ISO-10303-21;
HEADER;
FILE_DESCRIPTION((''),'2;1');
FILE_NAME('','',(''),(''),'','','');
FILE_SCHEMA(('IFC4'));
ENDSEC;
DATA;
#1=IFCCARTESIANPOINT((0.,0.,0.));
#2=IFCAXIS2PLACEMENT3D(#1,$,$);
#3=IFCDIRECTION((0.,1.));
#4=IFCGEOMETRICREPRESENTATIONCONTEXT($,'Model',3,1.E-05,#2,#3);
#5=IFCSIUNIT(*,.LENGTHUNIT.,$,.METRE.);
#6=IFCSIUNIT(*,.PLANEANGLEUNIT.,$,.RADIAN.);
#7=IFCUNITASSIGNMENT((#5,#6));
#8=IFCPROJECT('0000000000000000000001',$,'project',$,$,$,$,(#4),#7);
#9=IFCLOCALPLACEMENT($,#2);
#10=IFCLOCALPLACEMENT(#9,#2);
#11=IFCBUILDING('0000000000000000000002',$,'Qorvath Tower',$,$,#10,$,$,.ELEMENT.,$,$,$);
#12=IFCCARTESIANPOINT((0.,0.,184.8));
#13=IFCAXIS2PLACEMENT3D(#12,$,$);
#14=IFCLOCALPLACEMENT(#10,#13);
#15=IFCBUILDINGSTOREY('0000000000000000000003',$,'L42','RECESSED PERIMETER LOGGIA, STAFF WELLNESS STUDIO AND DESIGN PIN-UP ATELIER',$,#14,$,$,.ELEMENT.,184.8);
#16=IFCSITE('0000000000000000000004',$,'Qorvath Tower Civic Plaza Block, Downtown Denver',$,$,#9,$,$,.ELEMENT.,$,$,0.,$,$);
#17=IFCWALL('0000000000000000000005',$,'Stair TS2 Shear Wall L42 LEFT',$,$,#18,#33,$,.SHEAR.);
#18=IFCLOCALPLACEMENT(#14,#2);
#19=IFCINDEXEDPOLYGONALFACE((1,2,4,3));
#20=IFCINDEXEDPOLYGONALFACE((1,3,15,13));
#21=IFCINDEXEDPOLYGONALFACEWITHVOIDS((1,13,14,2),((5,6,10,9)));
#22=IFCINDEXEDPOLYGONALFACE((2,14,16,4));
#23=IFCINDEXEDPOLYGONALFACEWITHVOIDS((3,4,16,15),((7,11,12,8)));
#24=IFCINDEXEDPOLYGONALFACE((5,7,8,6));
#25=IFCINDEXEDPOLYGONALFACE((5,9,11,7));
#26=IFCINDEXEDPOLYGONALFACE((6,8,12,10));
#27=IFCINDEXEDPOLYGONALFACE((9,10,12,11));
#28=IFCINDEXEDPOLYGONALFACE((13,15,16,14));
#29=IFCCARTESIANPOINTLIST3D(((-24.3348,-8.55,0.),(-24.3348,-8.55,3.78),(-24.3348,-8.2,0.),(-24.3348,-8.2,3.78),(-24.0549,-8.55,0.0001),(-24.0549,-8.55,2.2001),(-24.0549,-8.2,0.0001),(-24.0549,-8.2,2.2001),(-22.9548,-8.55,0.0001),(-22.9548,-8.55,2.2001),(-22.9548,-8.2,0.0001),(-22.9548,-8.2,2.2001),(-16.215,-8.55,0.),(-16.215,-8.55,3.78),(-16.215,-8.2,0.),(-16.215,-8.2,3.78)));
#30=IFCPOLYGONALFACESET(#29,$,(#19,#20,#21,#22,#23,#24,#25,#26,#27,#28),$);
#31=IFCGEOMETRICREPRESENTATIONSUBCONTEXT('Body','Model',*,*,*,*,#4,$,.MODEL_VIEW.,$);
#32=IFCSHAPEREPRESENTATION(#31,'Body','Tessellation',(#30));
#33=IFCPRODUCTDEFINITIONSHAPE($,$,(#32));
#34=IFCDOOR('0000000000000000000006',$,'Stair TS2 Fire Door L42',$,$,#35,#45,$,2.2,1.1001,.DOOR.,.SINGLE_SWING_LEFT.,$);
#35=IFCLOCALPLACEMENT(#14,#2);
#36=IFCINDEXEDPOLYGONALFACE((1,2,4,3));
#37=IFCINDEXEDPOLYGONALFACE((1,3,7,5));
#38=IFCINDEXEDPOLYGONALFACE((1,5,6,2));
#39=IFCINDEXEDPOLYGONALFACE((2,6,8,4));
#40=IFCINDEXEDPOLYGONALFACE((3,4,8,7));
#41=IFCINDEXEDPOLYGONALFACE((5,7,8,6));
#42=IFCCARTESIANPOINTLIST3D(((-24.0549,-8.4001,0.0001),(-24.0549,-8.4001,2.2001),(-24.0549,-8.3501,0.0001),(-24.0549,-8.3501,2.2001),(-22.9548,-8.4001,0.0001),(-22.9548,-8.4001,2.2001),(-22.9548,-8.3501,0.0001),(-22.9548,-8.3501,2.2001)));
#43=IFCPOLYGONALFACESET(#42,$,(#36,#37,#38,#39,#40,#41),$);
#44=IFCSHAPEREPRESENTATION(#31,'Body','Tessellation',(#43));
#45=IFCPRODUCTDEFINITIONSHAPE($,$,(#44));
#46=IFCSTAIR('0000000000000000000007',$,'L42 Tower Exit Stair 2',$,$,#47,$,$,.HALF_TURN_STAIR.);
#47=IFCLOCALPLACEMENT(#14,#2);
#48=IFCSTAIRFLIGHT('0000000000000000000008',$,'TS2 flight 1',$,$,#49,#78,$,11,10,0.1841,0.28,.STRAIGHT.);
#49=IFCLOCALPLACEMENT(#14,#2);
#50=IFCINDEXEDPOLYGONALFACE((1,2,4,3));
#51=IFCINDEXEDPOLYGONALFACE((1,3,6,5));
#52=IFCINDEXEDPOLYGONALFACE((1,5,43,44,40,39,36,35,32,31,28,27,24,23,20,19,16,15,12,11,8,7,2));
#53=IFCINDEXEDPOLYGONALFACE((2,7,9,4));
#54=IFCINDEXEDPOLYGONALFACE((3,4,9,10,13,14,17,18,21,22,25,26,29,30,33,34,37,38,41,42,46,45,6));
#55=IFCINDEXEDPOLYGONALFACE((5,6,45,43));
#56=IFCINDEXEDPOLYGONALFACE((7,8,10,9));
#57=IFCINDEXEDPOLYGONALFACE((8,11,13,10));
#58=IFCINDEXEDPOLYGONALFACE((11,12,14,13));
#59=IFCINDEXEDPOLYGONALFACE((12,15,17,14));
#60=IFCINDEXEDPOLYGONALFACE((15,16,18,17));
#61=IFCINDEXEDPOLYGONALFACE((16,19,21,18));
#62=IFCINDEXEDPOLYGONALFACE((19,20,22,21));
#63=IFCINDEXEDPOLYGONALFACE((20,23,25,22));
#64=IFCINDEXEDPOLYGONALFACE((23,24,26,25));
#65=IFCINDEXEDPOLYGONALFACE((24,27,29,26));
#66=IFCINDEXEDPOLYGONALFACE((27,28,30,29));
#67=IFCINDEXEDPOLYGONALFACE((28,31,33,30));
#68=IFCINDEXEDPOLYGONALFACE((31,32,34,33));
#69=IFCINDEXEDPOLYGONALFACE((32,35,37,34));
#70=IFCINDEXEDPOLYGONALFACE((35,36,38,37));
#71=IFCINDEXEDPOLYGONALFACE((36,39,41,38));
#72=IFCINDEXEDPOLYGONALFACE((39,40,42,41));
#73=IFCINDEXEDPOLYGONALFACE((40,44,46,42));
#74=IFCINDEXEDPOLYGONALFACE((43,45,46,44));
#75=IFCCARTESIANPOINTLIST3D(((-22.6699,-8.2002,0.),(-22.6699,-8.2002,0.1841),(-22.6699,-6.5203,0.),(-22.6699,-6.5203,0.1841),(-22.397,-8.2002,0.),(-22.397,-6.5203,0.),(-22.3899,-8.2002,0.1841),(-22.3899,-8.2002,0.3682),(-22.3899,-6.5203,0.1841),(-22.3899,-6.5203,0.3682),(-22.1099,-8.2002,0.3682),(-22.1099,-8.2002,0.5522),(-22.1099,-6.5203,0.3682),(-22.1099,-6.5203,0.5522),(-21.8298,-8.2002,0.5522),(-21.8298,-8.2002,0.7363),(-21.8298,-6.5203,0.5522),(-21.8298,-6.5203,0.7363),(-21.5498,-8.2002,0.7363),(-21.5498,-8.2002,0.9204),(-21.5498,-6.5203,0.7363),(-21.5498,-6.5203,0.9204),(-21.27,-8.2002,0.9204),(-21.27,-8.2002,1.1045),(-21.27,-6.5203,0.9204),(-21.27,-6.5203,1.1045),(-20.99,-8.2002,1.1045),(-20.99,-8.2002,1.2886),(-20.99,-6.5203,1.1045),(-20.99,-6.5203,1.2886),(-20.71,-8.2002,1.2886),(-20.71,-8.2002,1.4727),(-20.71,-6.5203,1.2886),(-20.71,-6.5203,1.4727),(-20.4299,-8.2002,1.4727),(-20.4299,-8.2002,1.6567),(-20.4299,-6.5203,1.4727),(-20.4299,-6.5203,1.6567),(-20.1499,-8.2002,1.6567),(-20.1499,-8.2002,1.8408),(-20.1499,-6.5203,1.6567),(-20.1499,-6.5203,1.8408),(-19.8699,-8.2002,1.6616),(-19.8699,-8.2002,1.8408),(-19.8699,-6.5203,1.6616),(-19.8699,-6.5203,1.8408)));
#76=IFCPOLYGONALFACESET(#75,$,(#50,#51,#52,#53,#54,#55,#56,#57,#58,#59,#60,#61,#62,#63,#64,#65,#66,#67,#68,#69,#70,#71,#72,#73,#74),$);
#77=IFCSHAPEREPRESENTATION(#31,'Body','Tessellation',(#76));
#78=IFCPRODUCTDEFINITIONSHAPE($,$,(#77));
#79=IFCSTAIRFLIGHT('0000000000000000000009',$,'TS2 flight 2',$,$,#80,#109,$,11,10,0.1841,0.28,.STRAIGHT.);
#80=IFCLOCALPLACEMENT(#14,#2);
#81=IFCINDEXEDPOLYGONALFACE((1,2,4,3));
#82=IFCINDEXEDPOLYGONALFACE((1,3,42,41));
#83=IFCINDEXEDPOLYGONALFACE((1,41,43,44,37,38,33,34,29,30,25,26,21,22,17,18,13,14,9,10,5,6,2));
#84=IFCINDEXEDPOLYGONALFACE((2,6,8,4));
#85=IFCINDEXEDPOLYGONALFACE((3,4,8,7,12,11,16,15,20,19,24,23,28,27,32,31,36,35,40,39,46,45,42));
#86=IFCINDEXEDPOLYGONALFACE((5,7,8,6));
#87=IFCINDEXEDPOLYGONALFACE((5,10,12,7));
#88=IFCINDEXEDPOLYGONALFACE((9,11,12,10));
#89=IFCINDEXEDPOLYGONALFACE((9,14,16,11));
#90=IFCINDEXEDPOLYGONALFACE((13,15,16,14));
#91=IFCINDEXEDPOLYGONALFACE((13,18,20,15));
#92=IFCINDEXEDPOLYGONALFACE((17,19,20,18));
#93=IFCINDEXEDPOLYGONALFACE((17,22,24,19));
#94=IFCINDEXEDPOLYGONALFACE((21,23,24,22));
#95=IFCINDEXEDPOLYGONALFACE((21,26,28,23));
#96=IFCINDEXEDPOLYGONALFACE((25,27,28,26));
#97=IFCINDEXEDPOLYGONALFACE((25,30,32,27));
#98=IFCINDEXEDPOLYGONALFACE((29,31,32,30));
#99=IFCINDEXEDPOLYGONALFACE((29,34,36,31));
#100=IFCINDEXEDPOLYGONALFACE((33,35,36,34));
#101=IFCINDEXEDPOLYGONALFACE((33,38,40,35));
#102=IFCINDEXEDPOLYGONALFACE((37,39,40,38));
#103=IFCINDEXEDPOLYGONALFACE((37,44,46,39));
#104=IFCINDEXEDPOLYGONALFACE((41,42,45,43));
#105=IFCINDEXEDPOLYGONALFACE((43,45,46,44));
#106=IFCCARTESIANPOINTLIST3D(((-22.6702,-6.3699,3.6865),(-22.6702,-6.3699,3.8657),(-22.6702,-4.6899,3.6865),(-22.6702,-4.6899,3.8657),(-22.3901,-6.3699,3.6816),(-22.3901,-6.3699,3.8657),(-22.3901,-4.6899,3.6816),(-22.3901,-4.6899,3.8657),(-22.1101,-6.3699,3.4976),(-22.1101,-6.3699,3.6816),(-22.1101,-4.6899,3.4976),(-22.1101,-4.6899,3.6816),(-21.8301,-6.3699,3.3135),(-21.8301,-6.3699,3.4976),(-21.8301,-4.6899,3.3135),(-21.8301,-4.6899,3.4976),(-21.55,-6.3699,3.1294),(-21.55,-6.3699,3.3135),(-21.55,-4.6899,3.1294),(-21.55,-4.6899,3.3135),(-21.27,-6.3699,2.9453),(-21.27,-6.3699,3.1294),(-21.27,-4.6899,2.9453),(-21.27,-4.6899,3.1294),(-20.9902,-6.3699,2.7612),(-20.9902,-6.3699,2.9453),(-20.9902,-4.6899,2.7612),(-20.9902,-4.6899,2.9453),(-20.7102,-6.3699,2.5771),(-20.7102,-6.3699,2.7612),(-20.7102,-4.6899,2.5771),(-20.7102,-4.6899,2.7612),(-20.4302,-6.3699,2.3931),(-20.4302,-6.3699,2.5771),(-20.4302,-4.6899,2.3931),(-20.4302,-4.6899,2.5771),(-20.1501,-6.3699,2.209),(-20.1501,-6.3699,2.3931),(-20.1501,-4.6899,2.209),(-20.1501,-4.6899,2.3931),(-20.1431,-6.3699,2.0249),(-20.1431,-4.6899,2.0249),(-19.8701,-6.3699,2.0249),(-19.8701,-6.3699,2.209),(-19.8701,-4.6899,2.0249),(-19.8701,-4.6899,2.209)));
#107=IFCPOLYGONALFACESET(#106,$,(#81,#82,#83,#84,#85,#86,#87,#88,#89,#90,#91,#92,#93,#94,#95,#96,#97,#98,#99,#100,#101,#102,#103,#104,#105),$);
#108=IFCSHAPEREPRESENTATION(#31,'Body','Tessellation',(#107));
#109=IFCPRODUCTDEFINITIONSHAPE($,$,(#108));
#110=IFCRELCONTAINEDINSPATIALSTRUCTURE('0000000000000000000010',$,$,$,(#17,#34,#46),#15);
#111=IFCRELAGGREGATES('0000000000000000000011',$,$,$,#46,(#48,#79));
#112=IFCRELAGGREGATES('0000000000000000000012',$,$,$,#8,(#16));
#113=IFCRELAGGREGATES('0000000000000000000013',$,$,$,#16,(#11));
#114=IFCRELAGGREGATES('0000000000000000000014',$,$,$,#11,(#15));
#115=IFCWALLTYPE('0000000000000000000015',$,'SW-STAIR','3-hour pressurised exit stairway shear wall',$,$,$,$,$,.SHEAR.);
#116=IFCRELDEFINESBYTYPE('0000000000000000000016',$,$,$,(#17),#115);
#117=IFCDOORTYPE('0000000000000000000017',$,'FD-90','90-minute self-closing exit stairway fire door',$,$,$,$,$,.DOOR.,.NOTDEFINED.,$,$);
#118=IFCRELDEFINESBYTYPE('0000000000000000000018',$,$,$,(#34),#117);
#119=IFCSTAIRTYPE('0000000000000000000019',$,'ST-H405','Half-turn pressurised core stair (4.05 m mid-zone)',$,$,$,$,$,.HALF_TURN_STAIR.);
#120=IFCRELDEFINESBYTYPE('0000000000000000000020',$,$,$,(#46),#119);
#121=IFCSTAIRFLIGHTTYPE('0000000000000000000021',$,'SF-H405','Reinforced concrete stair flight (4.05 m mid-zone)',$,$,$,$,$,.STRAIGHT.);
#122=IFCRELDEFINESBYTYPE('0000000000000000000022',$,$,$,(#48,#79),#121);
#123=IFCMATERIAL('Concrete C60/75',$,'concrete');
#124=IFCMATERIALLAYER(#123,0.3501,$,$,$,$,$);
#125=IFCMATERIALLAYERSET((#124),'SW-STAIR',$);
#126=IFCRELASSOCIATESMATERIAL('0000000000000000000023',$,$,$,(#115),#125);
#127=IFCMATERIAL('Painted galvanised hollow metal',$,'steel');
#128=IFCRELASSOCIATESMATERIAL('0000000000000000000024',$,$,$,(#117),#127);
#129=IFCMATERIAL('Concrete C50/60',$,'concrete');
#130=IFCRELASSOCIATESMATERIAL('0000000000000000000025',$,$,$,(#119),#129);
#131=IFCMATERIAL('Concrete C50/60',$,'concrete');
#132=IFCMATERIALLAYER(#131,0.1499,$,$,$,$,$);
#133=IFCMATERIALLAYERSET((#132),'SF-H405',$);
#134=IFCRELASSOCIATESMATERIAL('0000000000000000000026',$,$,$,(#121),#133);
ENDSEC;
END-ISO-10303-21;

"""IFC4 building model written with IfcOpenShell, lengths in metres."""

from ifc_helpers import new_model, si_unit, direction, frame, frame_2d, origin, place, context, subcontext, project, spatial, polyline, rectangle, outline, extrude, material, layer, layer_set, type_object, element, fill, aggregate, save


model = new_model("IFC4")

# Units and contexts
model_context = context("Model", 3, precision=1e-05, world=origin(), true_north=direction((0.0, 1.0)))
body_context = subcontext(model_context, "Body", "Model", "MODEL_VIEW")
ifc_project = project(units=[si_unit("LENGTHUNIT", "METRE"), si_unit("PLANEANGLEUNIT", "RADIAN")], contexts=[model_context])

# Site, building, storey
site_placement = place(None, origin())
site = spatial("IfcSite", under=ifc_project, at=site_placement, Name="Qorvath Tower Civic Plaza Block, Downtown Denver", CompositionType="ELEMENT", RefElevation=0.0)
building_placement = place(site_placement, origin())
building = spatial("IfcBuilding", under=site, at=building_placement, Name="Qorvath Tower", CompositionType="ELEMENT")
storey_placement = place(building_placement, frame((0.0, 0.0, 184.8)))
storey = spatial("IfcBuildingStorey", under=building, at=storey_placement, Name="L42", Description="RECESSED PERIMETER LOGGIA, STAFF WELLNESS STUDIO AND DESIGN PIN-UP ATELIER", CompositionType="ELEMENT", Elevation=184.8)

# Shared definitions
ifc_material_1 = material(Name="Concrete C60/75", Category="concrete")
ifc_layer_1 = layer(ifc_material_1, 0.3501)
ifc_layer_set_1 = layer_set([ifc_layer_1], Name="SW-STAIR")
wall_type_1 = type_object("IfcWallType", Name="SW-STAIR", Description="3-hour pressurised exit stairway shear wall", PredefinedType="SHEAR", material=ifc_layer_set_1)

# Wall, opening, door
wall_1_placement = place(storey_placement, frame((-24.335, -8.375, 0.0), z_axis=(0.0, 0.0, 1.0), x_axis=(1.0, 0.0, 0.0)))
wall_1 = element("IfcWall", 1, at=wall_1_placement, inside=storey, type_object=wall_type_1, Name="Stair TS2 Shear Wall L42 LEFT", PredefinedType="SHEAR", context=body_context, shape_type="SweptSolid", body=[
    extrude(rectangle(XDim=8.1199, YDim=0.3501, at=frame_2d((4.0601, 0.0))), origin(), (0.0, 0.0, 1.0), 3.78),
])
opening_1_placement = place(wall_1_placement, frame((0.28, 0.0, 0.0)))
opening_1 = element("IfcOpeningElement", 2, at=opening_1_placement, cuts=wall_1, PredefinedType="OPENING", context=body_context, shape_type="SweptSolid", body=[
    extrude(rectangle(XDim=1.1001, YDim=2.2, at=frame_2d((0.55, 1.1001))), frame((0.0, 0.1851, 0.0), z_axis=(0.0, -1.0, 0.0), x_axis=(1.0, 0.0, 0.0)), (0.0, 0.0, 1.0), 0.3701),
])
ifc_material_2 = material(Name="Painted galvanised hollow metal", Category="steel")
door_type_1 = type_object("IfcDoorType", Name="FD-90", Description="90-minute self-closing exit stairway fire door", OperationType="NOTDEFINED", PredefinedType="DOOR", material=ifc_material_2)
door_1_placement = place(opening_1_placement, origin())
door_1 = element("IfcDoor", 3, at=door_1_placement, inside=storey, type_object=door_type_1, Name="Stair TS2 Fire Door L42", OperationType="SINGLE_SWING_LEFT", OverallHeight=2.2, OverallWidth=1.1001, PredefinedType="DOOR", context=body_context, shape_type="SweptSolid", body=[
    extrude(rectangle(XDim=1.1001, YDim=2.2, at=frame_2d((0.55, 1.1001))), frame((0.0, 0.0249, 0.0), z_axis=(0.0, -1.0, 0.0), x_axis=(1.0, 0.0, 0.0)), (0.0, 0.0, 1.0), 0.05),
])
fill(opening_1, door_1)

# Stair, stair flights
ifc_material_3 = material(Name="Concrete C50/60", Category="concrete")
stair_type = type_object("IfcStairType", Name="ST-H405", Description="Half-turn pressurised core stair (4.05 m mid-zone)", PredefinedType="HALF_TURN_STAIR", material=ifc_material_3)
stair_placement = place(storey_placement, origin())
stair = element("IfcStair", 4, at=stair_placement, inside=storey, type_object=stair_type, Name="L42 Tower Exit Stair 2", PredefinedType="HALF_TURN_STAIR")
ifc_material_4 = material(Name="Concrete C50/60", Category="concrete")
ifc_layer_2 = layer(ifc_material_4, 0.1499)
ifc_layer_set_2 = layer_set([ifc_layer_2], Name="SF-H405")
stair_flight_type = type_object("IfcStairFlightType", Name="SF-H405", Description="Reinforced concrete stair flight (4.05 m mid-zone)", PredefinedType="STRAIGHT", material=ifc_layer_set_2)
stair_flight_1_placement = place(storey_placement, frame((-22.6699, -7.3601, 0.0), z_axis=(0.0, 0.0, 1.0), x_axis=(1.0, 0.0, 0.0)))
stair_flight_1 = element("IfcStairFlight", 5, at=stair_flight_1_placement, type_object=stair_flight_type, Name="TS2 flight 1", NumberOfRisers=11, NumberOfTreads=10, PredefinedType="STRAIGHT", RiserHeight=0.1841, TreadLength=0.28, context=body_context, shape_type="SweptSolid", body=[
    extrude(outline(polyline([(0.0, 0.0), (0.0, 0.1841), (0.28, 0.1841), (0.28, 0.3682), (0.5601, 0.3682), (0.5601, 0.5522), (0.8401, 0.5522), (0.8401, 0.7363), (1.1201, 0.7363), (1.1201, 0.9204), (1.3999, 0.9204), (1.3999, 1.1045), (1.6799, 1.1045), (1.6799, 1.2886), (1.96, 1.2886), (1.96, 1.4727), (2.24, 1.4727), (2.24, 1.6567), (2.52, 1.6567), (2.52, 1.8408), (2.8, 1.8408), (2.8, 2.0249), (2.8, 1.6616), (0.2729, 0.0), (0.0, 0.0)])), frame((0.0, 0.8398, 0.0), z_axis=(0.0, -1.0, 0.0), x_axis=(1.0, 0.0, 0.0)), (0.0, 0.0, 1.0), 1.6799),
])
stair_flight_2_placement = place(storey_placement, frame((-19.8701, -5.53, 2.0249), z_axis=(0.0, 0.0, 1.0), x_axis=(-1.0, 0.0, 0.0)))
stair_flight_2 = element("IfcStairFlight", 6, at=stair_flight_2_placement, type_object=stair_flight_type, Name="TS2 flight 2", NumberOfRisers=11, NumberOfTreads=10, PredefinedType="STRAIGHT", RiserHeight=0.1841, TreadLength=0.28, context=body_context, shape_type="SweptSolid", body=[
    extrude(outline(polyline([(0.0, 0.0), (0.0, 0.1841), (0.28, 0.1841), (0.28, 0.3682), (0.5601, 0.3682), (0.5601, 0.5522), (0.8401, 0.5522), (0.8401, 0.7363), (1.1201, 0.7363), (1.1201, 0.9204), (1.3999, 0.9204), (1.3999, 1.1045), (1.6799, 1.1045), (1.6799, 1.2886), (1.96, 1.2886), (1.96, 1.4727), (2.24, 1.4727), (2.24, 1.6567), (2.52, 1.6567), (2.52, 1.8408), (2.8, 1.8408), (2.8, 2.0249), (2.8, 1.6616), (0.2729, 0.0), (0.0, 0.0)])), frame((0.0, 0.8398, 0.0), z_axis=(0.0, -1.0, 0.0), x_axis=(1.0, 0.0, 0.0)), (0.0, 0.0, 1.0), 1.6799),
])
aggregate(stair, [stair_flight_1, stair_flight_2])

save(model, "model.ifc")
